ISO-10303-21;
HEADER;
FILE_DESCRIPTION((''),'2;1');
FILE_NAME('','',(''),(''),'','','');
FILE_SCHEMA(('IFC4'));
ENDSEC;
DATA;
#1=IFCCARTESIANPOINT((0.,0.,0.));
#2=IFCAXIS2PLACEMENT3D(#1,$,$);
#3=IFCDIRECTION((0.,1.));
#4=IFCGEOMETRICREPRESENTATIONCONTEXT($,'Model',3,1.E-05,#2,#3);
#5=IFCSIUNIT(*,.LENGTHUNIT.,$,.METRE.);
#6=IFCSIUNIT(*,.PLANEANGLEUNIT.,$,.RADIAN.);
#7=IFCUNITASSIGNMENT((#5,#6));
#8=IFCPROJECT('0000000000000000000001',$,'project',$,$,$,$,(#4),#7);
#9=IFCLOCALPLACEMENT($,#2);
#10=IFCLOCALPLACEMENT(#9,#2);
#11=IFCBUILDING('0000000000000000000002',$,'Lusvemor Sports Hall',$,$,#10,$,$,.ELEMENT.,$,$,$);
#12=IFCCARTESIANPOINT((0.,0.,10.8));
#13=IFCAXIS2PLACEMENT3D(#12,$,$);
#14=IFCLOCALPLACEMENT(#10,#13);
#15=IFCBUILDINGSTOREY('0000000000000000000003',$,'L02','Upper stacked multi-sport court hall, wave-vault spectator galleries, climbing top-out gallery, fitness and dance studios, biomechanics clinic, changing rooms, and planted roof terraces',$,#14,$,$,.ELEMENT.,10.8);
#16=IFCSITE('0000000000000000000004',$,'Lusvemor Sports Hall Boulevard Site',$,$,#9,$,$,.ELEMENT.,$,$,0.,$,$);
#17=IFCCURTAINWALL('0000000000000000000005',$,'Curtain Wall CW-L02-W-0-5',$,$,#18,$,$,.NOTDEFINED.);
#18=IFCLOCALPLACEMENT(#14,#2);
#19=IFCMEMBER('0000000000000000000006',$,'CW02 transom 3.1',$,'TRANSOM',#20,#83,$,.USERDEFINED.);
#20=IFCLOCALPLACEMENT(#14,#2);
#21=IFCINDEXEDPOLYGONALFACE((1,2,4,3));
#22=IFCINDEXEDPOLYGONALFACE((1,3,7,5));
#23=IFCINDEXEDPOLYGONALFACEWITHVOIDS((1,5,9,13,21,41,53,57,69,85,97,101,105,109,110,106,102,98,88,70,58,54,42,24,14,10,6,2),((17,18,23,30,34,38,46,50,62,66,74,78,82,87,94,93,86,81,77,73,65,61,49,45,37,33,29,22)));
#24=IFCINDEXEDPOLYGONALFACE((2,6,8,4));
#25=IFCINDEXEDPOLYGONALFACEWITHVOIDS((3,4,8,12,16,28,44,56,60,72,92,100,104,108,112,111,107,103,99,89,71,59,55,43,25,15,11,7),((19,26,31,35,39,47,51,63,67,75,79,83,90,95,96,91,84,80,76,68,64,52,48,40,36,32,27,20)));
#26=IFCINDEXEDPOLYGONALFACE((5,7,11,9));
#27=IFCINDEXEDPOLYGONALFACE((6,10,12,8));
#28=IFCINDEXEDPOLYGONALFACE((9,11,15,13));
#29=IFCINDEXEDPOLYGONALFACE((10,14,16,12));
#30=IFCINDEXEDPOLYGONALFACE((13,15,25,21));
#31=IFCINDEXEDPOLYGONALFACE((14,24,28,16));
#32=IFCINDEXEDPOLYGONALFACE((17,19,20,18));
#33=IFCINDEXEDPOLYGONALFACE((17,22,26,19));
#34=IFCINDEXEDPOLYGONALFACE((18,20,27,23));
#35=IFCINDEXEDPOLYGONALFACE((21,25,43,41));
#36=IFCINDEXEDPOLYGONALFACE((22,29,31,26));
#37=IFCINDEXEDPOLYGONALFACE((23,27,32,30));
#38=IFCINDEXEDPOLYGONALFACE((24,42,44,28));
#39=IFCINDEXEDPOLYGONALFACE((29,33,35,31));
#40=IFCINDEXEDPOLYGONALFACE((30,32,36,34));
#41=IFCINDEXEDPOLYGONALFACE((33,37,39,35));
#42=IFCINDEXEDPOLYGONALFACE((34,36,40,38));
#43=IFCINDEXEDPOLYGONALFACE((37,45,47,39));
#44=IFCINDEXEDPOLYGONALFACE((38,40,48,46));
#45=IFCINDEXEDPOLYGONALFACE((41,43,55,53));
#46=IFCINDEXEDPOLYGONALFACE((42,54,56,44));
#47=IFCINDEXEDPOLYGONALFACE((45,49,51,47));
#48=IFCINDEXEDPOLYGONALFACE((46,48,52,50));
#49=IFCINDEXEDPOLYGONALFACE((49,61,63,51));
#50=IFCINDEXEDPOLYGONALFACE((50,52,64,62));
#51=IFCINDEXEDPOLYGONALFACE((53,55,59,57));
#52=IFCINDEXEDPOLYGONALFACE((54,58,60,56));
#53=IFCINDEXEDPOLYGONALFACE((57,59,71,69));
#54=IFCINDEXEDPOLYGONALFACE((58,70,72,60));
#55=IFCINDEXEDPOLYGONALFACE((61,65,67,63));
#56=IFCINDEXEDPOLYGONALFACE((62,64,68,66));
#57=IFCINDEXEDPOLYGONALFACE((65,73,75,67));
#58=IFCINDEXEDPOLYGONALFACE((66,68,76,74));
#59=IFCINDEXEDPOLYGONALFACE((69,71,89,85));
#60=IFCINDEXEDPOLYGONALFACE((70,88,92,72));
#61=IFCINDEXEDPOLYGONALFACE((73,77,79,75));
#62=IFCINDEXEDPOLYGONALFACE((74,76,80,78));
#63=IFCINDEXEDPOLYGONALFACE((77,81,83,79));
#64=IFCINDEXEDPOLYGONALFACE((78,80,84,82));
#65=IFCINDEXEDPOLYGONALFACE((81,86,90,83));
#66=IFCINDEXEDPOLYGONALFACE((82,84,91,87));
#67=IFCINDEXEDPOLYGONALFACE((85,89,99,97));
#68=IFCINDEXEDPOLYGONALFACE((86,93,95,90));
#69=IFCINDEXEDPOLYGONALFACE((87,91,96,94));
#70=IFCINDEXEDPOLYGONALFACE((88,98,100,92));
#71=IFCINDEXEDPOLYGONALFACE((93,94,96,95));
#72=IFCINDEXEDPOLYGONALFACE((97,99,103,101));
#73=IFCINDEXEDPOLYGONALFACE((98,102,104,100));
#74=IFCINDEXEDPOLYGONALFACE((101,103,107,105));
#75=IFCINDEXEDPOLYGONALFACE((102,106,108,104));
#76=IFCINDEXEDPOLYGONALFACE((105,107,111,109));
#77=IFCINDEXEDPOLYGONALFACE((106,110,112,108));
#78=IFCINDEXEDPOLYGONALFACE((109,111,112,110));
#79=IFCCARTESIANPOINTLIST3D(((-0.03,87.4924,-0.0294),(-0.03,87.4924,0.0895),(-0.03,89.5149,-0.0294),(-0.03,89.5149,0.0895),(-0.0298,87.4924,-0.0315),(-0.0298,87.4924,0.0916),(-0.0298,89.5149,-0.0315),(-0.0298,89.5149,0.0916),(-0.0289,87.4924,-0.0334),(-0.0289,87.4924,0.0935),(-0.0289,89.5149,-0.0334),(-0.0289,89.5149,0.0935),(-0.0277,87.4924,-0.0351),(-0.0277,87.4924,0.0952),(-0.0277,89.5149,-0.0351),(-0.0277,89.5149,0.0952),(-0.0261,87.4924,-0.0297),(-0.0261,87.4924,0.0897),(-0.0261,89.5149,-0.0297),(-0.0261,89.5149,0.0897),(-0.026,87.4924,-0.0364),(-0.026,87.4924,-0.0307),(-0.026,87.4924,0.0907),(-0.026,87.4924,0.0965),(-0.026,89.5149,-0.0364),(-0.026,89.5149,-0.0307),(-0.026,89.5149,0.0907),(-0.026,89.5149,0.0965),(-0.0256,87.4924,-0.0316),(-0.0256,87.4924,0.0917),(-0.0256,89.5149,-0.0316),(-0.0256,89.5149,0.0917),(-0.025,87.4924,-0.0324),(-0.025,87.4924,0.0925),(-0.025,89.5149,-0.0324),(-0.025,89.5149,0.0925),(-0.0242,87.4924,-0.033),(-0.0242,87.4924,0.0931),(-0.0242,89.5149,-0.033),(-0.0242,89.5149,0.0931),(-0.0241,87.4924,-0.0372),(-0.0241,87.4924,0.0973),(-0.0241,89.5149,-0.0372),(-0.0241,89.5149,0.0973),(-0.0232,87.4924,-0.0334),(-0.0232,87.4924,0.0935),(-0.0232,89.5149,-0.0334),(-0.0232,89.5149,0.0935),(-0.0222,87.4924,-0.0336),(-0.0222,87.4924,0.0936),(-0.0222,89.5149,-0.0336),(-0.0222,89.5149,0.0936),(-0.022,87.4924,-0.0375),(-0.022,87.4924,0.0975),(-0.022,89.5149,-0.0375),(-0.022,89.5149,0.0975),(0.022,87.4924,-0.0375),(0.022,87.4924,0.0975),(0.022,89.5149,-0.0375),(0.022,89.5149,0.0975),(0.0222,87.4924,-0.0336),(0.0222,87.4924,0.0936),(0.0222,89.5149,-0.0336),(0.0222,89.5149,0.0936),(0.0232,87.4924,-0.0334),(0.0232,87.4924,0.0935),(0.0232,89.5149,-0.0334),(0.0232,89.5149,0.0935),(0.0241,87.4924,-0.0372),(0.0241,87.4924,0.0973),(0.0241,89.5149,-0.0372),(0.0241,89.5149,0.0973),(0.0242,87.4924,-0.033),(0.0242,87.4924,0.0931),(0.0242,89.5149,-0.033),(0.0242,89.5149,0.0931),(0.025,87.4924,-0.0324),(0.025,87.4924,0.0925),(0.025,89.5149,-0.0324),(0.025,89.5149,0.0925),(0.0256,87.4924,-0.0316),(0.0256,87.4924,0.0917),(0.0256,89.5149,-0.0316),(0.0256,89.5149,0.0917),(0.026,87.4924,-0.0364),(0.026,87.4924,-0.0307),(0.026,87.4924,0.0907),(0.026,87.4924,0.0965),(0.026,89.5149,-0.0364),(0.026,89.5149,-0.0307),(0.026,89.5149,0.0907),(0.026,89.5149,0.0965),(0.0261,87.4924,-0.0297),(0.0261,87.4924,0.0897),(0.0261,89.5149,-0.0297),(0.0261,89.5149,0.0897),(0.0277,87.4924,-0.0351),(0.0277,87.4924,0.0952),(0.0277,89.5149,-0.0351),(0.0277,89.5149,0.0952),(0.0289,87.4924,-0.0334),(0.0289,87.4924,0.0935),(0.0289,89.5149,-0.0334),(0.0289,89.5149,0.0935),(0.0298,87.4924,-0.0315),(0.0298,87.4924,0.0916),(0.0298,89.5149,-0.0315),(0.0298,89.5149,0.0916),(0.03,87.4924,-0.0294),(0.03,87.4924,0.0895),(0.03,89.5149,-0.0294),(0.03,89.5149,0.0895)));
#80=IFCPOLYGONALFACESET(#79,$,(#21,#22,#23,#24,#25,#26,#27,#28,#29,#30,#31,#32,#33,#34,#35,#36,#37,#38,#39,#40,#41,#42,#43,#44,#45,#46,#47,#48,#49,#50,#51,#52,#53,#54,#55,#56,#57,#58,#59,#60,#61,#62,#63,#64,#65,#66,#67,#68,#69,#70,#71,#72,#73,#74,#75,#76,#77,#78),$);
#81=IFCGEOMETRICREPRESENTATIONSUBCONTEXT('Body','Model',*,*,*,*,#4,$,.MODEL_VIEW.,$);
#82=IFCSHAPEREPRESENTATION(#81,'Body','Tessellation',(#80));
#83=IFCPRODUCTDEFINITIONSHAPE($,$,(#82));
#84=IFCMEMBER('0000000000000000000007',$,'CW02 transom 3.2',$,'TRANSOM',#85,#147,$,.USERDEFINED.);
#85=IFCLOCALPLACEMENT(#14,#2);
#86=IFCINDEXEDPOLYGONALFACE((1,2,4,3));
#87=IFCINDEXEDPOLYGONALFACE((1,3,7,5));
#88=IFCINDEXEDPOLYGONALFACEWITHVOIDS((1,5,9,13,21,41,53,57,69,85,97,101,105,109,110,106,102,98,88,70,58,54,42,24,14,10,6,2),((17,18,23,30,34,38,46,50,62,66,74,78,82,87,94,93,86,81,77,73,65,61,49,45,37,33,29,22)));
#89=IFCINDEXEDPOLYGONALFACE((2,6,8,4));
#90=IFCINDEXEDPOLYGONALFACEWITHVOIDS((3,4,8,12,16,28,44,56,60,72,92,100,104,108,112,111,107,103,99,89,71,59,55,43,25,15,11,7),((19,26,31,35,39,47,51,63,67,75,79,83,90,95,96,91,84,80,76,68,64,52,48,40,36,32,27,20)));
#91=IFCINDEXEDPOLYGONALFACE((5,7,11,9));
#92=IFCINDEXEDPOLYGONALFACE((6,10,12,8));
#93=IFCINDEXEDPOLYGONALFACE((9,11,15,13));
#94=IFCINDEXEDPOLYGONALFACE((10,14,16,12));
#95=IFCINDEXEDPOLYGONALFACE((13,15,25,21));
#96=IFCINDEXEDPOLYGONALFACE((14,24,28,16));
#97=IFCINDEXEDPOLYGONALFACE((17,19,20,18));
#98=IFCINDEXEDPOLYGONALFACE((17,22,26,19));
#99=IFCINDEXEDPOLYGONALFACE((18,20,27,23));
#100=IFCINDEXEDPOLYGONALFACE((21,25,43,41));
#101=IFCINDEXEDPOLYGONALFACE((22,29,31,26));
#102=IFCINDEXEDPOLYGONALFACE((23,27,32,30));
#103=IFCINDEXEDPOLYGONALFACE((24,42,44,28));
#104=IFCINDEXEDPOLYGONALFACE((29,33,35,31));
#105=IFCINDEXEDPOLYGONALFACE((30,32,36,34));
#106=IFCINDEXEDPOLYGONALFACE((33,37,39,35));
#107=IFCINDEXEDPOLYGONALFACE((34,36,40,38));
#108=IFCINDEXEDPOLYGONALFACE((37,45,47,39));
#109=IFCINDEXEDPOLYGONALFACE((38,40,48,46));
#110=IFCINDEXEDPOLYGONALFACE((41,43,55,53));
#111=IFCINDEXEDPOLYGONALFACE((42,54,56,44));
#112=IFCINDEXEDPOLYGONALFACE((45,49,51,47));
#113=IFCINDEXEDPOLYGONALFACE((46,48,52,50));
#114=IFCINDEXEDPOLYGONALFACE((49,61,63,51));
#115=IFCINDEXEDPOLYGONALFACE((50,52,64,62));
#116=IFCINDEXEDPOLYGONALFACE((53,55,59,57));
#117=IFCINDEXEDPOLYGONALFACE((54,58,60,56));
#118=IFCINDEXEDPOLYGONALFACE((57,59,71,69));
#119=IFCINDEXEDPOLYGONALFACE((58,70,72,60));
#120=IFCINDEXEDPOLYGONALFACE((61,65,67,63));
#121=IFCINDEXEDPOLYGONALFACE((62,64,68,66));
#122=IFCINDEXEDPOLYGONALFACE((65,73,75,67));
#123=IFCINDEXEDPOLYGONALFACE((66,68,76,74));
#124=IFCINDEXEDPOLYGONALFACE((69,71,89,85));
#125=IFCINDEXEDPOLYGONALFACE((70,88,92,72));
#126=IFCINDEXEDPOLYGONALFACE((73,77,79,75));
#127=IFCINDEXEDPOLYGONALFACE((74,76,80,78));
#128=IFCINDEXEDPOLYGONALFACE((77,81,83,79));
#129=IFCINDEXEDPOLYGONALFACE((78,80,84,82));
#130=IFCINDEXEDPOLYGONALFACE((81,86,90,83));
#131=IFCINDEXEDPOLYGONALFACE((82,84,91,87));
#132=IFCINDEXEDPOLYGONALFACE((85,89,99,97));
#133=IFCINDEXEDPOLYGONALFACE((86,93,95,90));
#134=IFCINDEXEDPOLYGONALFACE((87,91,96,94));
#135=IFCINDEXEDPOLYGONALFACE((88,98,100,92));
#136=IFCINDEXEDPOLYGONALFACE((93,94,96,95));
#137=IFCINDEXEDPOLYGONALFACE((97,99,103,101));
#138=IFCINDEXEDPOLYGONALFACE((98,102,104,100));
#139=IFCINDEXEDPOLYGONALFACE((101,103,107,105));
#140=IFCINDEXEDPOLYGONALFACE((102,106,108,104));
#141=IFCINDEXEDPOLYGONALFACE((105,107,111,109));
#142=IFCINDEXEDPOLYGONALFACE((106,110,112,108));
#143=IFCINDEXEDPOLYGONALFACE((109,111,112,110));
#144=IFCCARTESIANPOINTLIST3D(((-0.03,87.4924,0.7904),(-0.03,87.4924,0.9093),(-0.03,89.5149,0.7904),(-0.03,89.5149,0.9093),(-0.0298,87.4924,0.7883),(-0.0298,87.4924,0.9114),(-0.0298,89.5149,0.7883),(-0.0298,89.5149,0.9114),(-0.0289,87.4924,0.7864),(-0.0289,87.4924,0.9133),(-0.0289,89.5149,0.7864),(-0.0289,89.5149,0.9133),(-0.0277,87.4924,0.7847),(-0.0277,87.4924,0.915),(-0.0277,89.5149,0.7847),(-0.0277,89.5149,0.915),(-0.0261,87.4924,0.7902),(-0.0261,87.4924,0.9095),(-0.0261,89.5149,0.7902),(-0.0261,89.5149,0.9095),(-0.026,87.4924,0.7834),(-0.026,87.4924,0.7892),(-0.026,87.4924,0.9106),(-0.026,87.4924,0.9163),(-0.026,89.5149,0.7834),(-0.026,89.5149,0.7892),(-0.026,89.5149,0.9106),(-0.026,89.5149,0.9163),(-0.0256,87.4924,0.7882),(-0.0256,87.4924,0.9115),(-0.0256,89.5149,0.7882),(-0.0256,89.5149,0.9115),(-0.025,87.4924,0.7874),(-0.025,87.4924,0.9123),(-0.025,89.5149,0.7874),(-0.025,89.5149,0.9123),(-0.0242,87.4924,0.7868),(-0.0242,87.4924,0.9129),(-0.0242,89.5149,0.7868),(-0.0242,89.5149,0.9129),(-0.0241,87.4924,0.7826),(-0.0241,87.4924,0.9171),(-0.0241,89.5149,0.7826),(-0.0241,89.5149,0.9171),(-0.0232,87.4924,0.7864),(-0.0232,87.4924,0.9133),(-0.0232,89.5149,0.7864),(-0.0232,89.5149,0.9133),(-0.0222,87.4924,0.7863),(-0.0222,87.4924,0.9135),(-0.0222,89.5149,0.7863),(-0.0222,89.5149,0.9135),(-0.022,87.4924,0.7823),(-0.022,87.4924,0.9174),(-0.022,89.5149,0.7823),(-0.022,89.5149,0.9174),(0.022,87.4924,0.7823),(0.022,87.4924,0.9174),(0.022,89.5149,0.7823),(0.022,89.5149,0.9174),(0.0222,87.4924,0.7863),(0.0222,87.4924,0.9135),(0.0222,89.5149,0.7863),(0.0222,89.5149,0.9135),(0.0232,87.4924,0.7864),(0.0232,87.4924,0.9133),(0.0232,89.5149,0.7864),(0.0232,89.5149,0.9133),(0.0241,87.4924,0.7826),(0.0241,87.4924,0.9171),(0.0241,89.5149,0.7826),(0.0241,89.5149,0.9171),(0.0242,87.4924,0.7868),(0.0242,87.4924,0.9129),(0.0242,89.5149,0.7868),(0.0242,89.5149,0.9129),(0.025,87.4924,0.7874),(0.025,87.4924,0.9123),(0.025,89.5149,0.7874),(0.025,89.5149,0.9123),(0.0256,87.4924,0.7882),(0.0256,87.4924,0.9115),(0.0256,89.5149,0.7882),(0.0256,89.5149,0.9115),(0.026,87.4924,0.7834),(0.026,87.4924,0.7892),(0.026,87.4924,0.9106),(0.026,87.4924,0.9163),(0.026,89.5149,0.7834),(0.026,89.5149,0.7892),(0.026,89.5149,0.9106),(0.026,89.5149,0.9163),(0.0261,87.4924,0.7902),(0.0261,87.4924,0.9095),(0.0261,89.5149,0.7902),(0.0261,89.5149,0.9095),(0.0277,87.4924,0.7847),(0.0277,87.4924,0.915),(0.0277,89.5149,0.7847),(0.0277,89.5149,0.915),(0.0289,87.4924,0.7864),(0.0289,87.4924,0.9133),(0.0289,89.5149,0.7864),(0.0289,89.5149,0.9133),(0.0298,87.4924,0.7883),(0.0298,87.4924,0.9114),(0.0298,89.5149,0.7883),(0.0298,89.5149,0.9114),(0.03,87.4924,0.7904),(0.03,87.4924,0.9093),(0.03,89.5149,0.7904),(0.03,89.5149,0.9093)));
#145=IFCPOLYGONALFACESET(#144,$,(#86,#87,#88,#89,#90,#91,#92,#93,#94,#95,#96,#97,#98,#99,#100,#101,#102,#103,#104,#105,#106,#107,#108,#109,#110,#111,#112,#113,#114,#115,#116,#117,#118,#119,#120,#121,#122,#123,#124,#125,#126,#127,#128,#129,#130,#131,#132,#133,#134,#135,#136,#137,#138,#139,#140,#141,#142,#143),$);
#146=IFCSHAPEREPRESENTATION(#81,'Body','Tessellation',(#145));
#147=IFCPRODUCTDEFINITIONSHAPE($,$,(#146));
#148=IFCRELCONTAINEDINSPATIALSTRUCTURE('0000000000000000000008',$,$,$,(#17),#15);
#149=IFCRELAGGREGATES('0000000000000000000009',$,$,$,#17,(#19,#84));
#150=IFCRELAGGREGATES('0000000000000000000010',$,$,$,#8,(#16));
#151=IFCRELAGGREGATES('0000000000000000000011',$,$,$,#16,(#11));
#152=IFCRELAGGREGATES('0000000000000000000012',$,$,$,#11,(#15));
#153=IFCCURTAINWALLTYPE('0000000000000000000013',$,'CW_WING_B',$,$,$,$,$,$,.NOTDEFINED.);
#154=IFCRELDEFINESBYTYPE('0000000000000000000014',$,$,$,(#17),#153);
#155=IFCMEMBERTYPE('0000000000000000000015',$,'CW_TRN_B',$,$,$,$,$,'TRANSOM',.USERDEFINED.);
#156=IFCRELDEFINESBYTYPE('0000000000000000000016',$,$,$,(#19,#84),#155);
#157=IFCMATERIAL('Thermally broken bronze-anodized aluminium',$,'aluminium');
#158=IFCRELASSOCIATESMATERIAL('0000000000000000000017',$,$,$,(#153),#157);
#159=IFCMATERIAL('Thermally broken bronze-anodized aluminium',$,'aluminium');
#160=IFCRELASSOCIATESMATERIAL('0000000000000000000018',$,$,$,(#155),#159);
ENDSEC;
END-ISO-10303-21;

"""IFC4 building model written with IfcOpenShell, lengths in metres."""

from ifc_helpers import new_model, si_unit, direction, frame, origin, origin_2d, place, context, subcontext, project, spatial, hollow_rectangle, extrude, material, material_profile, profile_set, type_object, element, aggregate, save


model = new_model("IFC4")

# Units and contexts
model_context = context("Model", 3, precision=1e-05, world=origin(), true_north=direction((0.0, 1.0)))
body_context = subcontext(model_context, "Body", "Model", "MODEL_VIEW")
ifc_project = project(units=[si_unit("LENGTHUNIT", "METRE"), si_unit("PLANEANGLEUNIT", "RADIAN")], contexts=[model_context])

# Site, building, storey
site_placement = place(None, origin())
site = spatial("IfcSite", under=ifc_project, at=site_placement, Name="Lusvemor Sports Hall Boulevard Site", CompositionType="ELEMENT", RefElevation=0.0)
building_placement = place(site_placement, origin())
building = spatial("IfcBuilding", under=site, at=building_placement, Name="Lusvemor Sports Hall", CompositionType="ELEMENT")
storey_placement = place(building_placement, frame((0.0, 0.0, 10.8)))
storey = spatial("IfcBuildingStorey", under=building, at=storey_placement, Name="L02", Description="Upper stacked multi-sport court hall, wave-vault spectator galleries, climbing top-out gallery, fitness and dance studios, biomechanics clinic, changing rooms, and planted roof terraces", CompositionType="ELEMENT", Elevation=10.8)

# Curtain wall
ifc_material_1 = material(Name="Thermally broken bronze-anodized aluminium", Category="aluminium")
curtain_wall_type_1 = type_object("IfcCurtainWallType", Name="CW_WING_B", PredefinedType="NOTDEFINED", material=ifc_material_1)
curtain_wall_1_placement = place(storey_placement, origin())
curtain_wall_1 = element("IfcCurtainWall", 1, at=curtain_wall_1_placement, inside=storey, type_object=curtain_wall_type_1, Name="Curtain Wall CW-L02-W-0-5", PredefinedType="NOTDEFINED")

# Members
ifc_material_2 = material(Name="Thermally broken bronze-anodized aluminium", Category="aluminium")
ifc_material_profile_1 = material_profile(ifc_material_2, hollow_rectangle(XDim=0.0601, YDim=0.135, WallThickness=0.0039, InnerFilletRadius=0.0039, OuterFilletRadius=0.0081, at=origin_2d()), Name="CWTRN135x60x4")
ifc_profile_set_1 = profile_set([ifc_material_profile_1], Name="Thermally broken bronze-anodized aluminium")
member_type_1 = type_object("IfcMemberType", Name="CW_TRN_B", ElementType="TRANSOM", PredefinedType="USERDEFINED", material=ifc_profile_set_1)
member_1_placement = place(storey_placement, frame((0.0, 87.4924, 0.03), z_axis=(0.0, 1.0, 0.0), x_axis=(-1.0, 0.0, 0.0)))
member_1 = element("IfcMember", 2, at=member_1_placement, type_object=member_type_1, Name="CW02 transom 3.1", ObjectType="TRANSOM", PredefinedType="USERDEFINED", context=body_context, shape_type="SweptSolid", body=[
    extrude(hollow_rectangle(XDim=0.0601, YDim=0.135, WallThickness=0.0039, InnerFilletRadius=0.0039, OuterFilletRadius=0.0081, at=origin_2d()), origin(), (0.0, 0.0, 1.0), 2.0225),
])
member_2_placement = place(storey_placement, frame((0.0, 87.4924, 0.8499), z_axis=(0.0, 1.0, 0.0), x_axis=(-1.0, 0.0, 0.0)))
member_2 = element("IfcMember", 3, at=member_2_placement, type_object=member_type_1, Name="CW02 transom 3.2", ObjectType="TRANSOM", PredefinedType="USERDEFINED", context=body_context, shape_type="SweptSolid", body=[
    extrude(hollow_rectangle(XDim=0.0601, YDim=0.135, WallThickness=0.0039, InnerFilletRadius=0.0039, OuterFilletRadius=0.0081, at=origin_2d()), origin(), (0.0, 0.0, 1.0), 2.0225),
])

aggregate(curtain_wall_1, [member_1, member_2])

save(model, "model.ifc")
